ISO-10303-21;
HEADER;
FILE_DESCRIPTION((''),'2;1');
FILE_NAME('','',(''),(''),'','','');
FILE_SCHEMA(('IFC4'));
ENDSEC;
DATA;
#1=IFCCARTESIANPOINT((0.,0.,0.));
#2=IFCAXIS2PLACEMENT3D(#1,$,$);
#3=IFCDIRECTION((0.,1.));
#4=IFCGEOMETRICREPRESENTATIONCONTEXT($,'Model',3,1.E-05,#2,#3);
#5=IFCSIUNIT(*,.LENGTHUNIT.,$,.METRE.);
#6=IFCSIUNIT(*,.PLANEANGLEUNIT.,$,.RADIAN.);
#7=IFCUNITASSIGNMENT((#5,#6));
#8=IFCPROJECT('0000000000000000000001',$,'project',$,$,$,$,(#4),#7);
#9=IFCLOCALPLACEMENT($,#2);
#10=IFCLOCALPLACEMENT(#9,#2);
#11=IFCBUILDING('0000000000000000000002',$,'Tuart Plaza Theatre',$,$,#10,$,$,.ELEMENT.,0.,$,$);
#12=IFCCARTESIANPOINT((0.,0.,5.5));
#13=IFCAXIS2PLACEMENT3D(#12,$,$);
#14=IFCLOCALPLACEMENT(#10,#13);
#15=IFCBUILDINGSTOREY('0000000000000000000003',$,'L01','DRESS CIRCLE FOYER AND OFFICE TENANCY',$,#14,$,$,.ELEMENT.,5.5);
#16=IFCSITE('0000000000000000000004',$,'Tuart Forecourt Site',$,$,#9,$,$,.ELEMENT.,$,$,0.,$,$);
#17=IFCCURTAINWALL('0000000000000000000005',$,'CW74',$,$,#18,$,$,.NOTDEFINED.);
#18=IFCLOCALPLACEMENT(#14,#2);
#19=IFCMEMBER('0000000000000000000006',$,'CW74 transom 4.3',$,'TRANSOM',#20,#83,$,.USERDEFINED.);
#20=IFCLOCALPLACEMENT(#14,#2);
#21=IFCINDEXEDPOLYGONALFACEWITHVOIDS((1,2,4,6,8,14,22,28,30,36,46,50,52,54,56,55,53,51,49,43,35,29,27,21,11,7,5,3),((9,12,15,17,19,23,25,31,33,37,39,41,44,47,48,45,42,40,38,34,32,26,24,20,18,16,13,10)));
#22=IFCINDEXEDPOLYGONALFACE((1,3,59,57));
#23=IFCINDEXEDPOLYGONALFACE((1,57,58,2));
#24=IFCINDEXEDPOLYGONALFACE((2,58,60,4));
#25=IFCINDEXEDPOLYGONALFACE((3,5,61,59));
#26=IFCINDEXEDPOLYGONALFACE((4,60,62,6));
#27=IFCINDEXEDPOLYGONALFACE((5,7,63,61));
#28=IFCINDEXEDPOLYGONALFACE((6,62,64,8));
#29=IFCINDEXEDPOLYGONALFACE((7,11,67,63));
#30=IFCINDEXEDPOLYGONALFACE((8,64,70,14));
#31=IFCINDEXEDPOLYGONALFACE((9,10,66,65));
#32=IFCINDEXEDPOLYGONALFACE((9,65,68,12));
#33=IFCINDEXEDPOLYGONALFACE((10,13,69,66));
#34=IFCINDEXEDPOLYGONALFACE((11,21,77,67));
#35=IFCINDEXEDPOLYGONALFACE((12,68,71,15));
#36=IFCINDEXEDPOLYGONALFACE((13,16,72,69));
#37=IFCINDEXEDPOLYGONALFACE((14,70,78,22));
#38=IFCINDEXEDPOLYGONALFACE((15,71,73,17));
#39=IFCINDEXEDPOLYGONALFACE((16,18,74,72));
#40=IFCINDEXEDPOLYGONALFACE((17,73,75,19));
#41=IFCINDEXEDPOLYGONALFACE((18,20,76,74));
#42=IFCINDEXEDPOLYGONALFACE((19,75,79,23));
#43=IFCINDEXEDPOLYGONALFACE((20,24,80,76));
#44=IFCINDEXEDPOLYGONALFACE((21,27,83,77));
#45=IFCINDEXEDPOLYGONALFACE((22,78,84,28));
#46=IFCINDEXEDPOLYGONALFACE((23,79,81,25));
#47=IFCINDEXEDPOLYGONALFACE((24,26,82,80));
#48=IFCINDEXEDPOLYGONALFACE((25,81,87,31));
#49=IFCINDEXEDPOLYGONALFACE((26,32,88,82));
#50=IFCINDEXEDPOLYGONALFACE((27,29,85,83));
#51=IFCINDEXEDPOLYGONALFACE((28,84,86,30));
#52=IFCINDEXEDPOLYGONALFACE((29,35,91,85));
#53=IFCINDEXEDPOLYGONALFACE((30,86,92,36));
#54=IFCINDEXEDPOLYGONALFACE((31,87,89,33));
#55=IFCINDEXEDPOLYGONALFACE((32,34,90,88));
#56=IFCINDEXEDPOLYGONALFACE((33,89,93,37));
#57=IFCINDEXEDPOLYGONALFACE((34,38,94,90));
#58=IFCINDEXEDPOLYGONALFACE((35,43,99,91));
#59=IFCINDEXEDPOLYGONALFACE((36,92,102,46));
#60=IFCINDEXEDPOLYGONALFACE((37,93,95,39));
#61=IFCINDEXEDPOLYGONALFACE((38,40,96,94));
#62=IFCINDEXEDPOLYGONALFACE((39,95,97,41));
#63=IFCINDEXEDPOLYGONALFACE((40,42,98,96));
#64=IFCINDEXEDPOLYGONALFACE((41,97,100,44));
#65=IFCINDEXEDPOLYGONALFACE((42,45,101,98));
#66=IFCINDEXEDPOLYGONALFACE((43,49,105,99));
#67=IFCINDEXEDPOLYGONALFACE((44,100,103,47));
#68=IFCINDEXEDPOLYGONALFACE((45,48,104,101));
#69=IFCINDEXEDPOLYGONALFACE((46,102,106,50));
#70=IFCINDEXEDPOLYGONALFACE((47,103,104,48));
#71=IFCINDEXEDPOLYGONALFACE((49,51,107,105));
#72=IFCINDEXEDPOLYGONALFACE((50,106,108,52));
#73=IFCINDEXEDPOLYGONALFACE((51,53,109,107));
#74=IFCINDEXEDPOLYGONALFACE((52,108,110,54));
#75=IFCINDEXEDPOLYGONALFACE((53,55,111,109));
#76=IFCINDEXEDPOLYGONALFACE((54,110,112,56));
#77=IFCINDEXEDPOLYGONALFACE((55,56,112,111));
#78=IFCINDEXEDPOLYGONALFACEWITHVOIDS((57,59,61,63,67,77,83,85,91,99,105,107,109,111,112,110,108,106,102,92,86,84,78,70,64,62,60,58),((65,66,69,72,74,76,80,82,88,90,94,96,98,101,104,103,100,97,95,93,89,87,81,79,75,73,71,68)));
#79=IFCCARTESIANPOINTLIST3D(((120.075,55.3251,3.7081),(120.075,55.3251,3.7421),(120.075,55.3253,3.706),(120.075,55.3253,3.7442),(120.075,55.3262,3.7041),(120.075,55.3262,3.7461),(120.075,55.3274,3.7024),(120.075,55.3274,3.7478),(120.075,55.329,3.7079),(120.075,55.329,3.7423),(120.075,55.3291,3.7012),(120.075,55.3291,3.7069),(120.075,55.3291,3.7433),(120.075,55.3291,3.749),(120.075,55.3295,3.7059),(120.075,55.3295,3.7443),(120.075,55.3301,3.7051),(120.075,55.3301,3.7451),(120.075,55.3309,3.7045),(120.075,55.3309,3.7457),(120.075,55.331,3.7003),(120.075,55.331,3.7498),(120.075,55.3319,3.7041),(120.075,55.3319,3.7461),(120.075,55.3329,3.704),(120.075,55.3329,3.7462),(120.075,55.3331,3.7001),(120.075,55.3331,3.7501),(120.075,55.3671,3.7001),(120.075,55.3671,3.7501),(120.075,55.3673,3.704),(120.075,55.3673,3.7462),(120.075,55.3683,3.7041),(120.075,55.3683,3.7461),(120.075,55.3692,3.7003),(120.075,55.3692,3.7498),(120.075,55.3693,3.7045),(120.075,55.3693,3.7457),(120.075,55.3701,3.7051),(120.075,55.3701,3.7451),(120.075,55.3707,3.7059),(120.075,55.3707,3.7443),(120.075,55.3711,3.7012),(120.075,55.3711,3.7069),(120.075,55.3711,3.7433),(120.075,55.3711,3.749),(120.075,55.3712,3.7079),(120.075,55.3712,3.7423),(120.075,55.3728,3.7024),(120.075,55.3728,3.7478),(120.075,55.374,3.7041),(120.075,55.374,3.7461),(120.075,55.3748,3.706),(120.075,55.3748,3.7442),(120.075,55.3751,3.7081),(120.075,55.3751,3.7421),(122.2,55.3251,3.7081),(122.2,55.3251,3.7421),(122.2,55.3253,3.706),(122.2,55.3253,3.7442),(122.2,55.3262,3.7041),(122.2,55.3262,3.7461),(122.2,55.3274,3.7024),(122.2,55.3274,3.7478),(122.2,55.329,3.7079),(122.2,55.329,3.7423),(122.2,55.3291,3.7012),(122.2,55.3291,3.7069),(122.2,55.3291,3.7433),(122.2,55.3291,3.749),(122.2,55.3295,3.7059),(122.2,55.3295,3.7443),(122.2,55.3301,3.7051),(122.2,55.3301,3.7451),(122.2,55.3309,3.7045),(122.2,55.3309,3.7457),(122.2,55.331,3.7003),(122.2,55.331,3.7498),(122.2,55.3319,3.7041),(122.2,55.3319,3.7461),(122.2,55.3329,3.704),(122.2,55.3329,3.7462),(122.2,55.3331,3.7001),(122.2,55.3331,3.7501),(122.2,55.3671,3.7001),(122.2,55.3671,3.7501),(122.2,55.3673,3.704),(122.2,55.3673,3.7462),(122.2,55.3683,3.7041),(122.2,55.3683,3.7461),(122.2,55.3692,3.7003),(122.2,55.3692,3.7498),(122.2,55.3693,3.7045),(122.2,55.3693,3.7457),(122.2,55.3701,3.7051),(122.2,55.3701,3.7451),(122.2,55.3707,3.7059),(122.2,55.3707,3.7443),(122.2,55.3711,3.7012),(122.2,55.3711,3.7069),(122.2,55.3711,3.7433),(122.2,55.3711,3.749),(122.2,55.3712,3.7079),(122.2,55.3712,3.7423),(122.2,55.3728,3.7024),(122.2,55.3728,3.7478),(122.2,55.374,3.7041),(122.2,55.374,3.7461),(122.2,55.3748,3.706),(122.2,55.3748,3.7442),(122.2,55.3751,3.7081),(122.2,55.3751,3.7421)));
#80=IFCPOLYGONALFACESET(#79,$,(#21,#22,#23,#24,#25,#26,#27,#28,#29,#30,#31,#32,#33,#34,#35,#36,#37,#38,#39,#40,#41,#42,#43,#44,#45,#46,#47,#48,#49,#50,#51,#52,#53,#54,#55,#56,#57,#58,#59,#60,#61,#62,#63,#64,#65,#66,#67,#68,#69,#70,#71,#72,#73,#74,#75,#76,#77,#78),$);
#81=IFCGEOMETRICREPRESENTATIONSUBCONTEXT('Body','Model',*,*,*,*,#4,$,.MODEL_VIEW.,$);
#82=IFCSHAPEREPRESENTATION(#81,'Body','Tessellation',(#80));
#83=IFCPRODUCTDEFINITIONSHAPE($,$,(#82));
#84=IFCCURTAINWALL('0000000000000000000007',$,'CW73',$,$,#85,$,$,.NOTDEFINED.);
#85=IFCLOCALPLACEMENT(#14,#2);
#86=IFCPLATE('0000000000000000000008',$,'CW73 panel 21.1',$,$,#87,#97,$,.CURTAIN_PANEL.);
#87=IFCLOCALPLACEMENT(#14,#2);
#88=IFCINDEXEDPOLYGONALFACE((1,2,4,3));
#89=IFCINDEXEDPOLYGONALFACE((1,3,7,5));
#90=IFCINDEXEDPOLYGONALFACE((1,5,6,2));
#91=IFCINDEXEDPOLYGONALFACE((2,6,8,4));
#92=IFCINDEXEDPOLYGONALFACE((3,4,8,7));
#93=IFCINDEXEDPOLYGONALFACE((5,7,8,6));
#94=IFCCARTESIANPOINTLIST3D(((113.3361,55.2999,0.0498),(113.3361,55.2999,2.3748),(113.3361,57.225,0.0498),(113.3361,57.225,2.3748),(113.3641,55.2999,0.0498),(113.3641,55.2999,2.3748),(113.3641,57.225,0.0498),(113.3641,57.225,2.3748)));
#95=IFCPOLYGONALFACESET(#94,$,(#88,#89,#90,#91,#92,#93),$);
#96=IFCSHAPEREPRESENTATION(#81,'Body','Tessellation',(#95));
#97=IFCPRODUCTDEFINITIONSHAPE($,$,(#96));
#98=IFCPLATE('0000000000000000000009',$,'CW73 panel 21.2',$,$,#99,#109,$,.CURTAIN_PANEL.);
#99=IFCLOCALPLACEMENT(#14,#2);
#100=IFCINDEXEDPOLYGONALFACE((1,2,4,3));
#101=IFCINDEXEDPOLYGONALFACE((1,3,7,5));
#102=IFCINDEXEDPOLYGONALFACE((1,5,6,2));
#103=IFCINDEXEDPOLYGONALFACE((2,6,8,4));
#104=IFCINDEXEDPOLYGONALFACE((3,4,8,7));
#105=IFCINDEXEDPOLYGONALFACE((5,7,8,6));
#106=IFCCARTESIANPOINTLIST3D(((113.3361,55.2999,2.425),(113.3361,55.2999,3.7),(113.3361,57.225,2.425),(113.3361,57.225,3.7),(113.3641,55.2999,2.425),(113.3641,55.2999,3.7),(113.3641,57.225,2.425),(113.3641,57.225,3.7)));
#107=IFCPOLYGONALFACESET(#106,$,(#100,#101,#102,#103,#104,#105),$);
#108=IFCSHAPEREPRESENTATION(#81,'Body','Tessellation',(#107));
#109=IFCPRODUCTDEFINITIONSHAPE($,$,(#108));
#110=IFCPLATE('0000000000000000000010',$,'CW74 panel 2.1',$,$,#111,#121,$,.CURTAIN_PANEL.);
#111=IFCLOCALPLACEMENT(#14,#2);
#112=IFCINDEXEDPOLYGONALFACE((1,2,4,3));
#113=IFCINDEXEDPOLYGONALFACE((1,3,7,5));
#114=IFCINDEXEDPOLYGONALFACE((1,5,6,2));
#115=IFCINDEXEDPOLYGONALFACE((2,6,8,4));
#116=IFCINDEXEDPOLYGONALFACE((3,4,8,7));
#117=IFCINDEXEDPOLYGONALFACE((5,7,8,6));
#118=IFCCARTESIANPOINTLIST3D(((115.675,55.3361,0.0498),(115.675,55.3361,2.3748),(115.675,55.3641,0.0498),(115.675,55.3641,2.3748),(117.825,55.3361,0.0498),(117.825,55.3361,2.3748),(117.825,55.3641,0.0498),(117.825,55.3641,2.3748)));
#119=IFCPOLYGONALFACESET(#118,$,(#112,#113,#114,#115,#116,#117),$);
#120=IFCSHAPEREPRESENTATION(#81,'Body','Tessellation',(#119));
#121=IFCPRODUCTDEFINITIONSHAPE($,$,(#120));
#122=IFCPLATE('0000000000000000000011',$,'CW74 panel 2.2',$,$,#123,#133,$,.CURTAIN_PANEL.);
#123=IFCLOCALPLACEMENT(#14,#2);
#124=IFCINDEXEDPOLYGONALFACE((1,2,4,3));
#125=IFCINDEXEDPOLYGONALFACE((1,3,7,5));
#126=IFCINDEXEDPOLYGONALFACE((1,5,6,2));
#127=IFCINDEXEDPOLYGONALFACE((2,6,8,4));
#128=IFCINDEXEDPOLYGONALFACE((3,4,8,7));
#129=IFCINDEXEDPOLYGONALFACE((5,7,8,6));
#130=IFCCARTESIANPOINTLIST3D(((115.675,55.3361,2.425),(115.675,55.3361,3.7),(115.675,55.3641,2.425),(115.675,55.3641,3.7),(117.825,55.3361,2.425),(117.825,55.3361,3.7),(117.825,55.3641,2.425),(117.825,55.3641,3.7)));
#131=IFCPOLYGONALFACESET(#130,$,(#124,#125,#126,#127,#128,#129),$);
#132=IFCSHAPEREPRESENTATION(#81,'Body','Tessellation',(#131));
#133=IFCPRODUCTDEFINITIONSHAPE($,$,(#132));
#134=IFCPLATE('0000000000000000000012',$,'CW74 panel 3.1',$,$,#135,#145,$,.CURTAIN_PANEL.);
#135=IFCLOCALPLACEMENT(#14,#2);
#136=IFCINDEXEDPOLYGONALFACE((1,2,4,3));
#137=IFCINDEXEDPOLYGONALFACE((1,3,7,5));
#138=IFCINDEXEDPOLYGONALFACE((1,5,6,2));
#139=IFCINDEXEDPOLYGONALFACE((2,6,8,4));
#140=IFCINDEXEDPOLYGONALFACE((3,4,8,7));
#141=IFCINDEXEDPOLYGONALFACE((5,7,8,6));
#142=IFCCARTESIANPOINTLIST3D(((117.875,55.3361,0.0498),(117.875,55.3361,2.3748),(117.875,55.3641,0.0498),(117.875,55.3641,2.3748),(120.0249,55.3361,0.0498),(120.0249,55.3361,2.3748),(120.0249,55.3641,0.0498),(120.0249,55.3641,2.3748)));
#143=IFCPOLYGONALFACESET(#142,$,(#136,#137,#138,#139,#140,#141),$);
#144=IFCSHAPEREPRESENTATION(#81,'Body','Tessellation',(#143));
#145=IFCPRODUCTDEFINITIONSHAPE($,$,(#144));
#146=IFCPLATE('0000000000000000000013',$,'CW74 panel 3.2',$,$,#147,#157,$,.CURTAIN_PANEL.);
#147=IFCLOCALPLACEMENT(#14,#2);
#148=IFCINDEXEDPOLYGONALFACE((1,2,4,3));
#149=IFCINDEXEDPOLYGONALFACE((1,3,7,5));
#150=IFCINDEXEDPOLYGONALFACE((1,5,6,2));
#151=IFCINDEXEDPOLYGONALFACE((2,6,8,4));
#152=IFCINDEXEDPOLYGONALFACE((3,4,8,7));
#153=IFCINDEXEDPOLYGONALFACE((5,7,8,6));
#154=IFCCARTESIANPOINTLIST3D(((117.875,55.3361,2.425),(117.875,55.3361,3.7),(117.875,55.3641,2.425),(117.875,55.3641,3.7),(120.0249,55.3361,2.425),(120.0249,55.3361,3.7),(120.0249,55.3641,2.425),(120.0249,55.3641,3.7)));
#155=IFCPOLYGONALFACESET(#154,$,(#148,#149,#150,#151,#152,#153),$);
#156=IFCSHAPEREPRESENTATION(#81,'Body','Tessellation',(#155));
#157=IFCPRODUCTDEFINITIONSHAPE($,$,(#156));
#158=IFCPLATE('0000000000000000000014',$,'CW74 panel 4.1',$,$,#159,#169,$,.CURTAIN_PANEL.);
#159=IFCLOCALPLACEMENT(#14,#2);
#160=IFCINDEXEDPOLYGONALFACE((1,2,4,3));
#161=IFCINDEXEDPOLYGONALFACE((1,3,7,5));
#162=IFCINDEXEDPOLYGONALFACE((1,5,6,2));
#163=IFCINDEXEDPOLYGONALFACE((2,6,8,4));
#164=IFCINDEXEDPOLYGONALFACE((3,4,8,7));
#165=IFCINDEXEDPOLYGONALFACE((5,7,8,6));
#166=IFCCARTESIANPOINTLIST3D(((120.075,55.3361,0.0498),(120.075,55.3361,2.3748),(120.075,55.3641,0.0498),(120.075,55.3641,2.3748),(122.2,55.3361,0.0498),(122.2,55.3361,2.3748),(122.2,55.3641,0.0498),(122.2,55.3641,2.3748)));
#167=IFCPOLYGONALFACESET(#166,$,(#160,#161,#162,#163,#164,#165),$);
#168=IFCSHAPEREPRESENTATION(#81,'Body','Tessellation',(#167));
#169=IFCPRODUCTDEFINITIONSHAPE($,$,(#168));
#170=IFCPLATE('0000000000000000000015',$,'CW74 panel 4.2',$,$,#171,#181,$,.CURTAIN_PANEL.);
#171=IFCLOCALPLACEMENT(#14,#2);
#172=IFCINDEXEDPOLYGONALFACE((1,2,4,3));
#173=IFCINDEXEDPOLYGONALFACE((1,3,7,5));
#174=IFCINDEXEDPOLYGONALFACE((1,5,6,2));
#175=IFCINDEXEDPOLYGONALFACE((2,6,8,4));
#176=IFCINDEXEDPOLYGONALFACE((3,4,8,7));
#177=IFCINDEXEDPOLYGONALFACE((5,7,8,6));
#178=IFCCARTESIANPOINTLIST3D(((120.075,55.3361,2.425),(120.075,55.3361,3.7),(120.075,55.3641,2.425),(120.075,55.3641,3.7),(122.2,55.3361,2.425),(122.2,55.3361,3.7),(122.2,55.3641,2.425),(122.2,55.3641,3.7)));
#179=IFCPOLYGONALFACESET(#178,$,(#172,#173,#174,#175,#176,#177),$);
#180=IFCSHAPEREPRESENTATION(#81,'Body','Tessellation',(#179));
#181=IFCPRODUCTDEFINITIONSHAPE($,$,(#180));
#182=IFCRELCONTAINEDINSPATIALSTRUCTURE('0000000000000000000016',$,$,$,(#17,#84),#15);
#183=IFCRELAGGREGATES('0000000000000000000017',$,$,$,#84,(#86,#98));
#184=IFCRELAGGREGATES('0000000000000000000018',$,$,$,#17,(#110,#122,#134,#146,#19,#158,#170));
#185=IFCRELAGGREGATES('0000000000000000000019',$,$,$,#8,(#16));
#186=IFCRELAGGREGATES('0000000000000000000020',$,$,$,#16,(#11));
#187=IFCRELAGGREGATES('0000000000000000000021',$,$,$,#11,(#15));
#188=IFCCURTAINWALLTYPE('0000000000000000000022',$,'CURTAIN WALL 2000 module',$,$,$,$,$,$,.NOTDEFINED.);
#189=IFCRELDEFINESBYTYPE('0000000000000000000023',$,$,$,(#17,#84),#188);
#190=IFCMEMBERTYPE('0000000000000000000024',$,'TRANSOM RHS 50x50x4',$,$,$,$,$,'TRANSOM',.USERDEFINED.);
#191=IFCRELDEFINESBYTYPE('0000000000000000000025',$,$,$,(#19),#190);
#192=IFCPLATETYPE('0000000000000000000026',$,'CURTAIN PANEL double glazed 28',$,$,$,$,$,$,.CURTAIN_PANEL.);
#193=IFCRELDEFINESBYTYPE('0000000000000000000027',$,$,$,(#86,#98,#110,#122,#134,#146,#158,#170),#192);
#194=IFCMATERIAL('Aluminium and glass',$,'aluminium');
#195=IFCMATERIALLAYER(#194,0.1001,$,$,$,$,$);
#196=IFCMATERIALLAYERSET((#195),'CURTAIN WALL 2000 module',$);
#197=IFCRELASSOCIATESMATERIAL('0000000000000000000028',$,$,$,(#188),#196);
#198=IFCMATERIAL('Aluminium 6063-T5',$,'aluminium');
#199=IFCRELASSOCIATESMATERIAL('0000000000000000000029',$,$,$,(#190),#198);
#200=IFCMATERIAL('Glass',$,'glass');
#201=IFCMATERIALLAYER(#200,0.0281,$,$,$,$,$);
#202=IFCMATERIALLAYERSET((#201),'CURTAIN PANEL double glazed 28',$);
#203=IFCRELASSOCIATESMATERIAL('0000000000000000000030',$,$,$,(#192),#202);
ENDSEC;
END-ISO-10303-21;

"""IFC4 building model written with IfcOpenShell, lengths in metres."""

from ifc_helpers import new_model, si_unit, direction, frame, origin, origin_2d, place, context, subcontext, project, spatial, rectangle, hollow_rectangle, extrude, material, layer, layer_set, material_profile, profile_set, type_object, element, aggregate, save


model = new_model("IFC4")

# Units and contexts
model_context = context("Model", 3, precision=1e-05, world=origin(), true_north=direction((0.0, 1.0)))
body_context = subcontext(model_context, "Body", "Model", "MODEL_VIEW")
ifc_project = project(units=[si_unit("LENGTHUNIT", "METRE"), si_unit("PLANEANGLEUNIT", "RADIAN")], contexts=[model_context])

# Site, building, storey
site_placement = place(None, origin())
site = spatial("IfcSite", under=ifc_project, at=site_placement, Name="Tuart Forecourt Site", CompositionType="ELEMENT", RefElevation=0.0)
building_placement = place(site_placement, origin())
building = spatial("IfcBuilding", under=site, at=building_placement, Name="Tuart Plaza Theatre", CompositionType="ELEMENT", ElevationOfRefHeight=0.0)
storey_placement = place(building_placement, frame((0.0, 0.0, 5.5)))
storey = spatial("IfcBuildingStorey", under=building, at=storey_placement, Name="L01", Description="DRESS CIRCLE FOYER AND OFFICE TENANCY", CompositionType="ELEMENT", Elevation=5.5)

# Curtain wall, member
ifc_material_1 = material(Name="Aluminium and glass", Category="aluminium")
ifc_layer_1 = layer(ifc_material_1, 0.1001)
ifc_layer_set_1 = layer_set([ifc_layer_1], Name="CURTAIN WALL 2000 module")
curtain_wall_type = type_object("IfcCurtainWallType", Name="CURTAIN WALL 2000 module", PredefinedType="NOTDEFINED", material=ifc_layer_set_1)
curtain_wall_1_placement = place(storey_placement, origin())
curtain_wall_1 = element("IfcCurtainWall", 1, at=curtain_wall_1_placement, inside=storey, type_object=curtain_wall_type, Name="CW74", PredefinedType="NOTDEFINED")
ifc_material_2 = material(Name="Aluminium 6063-T5", Category="aluminium")
ifc_material_profile_1 = material_profile(ifc_material_2, hollow_rectangle(XDim=0.05, YDim=0.05, WallThickness=0.0039, InnerFilletRadius=0.0039, OuterFilletRadius=0.0081, at=origin_2d()), Name="RHS 50x50x4")
ifc_profile_set_1 = profile_set([ifc_material_profile_1], Name="Aluminium 6063-T5")
member_type_1 = type_object("IfcMemberType", Name="TRANSOM RHS 50x50x4", ElementType="TRANSOM", PredefinedType="USERDEFINED", material=ifc_profile_set_1)
member_1_placement = place(storey_placement, frame((120.075, 55.3501, 3.7251), z_axis=(1.0, 0.0, 0.0), x_axis=(0.0, 1.0, 0.0)))
member_1 = element("IfcMember", 2, at=member_1_placement, type_object=member_type_1, Name="CW74 transom 4.3", ObjectType="TRANSOM", PredefinedType="USERDEFINED", context=body_context, shape_type="SweptSolid", body=[
    extrude(hollow_rectangle(XDim=0.05, YDim=0.05, WallThickness=0.0039, InnerFilletRadius=0.0039, OuterFilletRadius=0.0081, at=origin_2d()), origin(), (0.0, 0.0, 1.0), 2.125),
])

# Curtain wall, plates
curtain_wall_2_placement = place(storey_placement, origin())
curtain_wall_2 = element("IfcCurtainWall", 3, at=curtain_wall_2_placement, inside=storey, type_object=curtain_wall_type, Name="CW73", PredefinedType="NOTDEFINED")
ifc_material_3 = material(Name="Glass", Category="glass")
ifc_layer_2 = layer(ifc_material_3, 0.0281)
ifc_layer_set_2 = layer_set([ifc_layer_2], Name="CURTAIN PANEL double glazed 28")
plate_type = type_object("IfcPlateType", Name="CURTAIN PANEL double glazed 28", PredefinedType="CURTAIN_PANEL", material=ifc_layer_set_2)
plate_1_placement = place(storey_placement, frame((113.3501, 56.2625, 0.0498), z_axis=(0.0, 0.0, 1.0), x_axis=(0.0, -1.0, 0.0)))
plate_1 = element("IfcPlate", 4, at=plate_1_placement, type_object=plate_type, Name="CW73 panel 21.1", PredefinedType="CURTAIN_PANEL", context=body_context, shape_type="SweptSolid", body=[
    extrude(rectangle(XDim=1.925, YDim=0.0281, at=origin_2d()), origin(), (0.0, 0.0, 1.0), 2.325),
])
plate_2_placement = place(storey_placement, frame((113.3501, 56.2625, 2.425), z_axis=(0.0, 0.0, 1.0), x_axis=(0.0, -1.0, 0.0)))
plate_2 = element("IfcPlate", 5, at=plate_2_placement, type_object=plate_type, Name="CW73 panel 21.2", PredefinedType="CURTAIN_PANEL", context=body_context, shape_type="SweptSolid", body=[
    extrude(rectangle(XDim=1.925, YDim=0.0281, at=origin_2d()), origin(), (0.0, 0.0, 1.0), 1.2749),
])
aggregate(curtain_wall_2, [plate_1, plate_2])

# Plates
plate_3_placement = place(storey_placement, frame((116.75, 55.3501, 0.0498), z_axis=(0.0, 0.0, 1.0), x_axis=(1.0, 0.0, 0.0)))
plate_3 = element("IfcPlate", 6, at=plate_3_placement, type_object=plate_type, Name="CW74 panel 2.1", PredefinedType="CURTAIN_PANEL", context=body_context, shape_type="SweptSolid", body=[
    extrude(rectangle(XDim=2.1499, YDim=0.0281, at=origin_2d()), origin(), (0.0, 0.0, 1.0), 2.325),
])
plate_4_placement = place(storey_placement, frame((116.75, 55.3501, 2.425), z_axis=(0.0, 0.0, 1.0), x_axis=(1.0, 0.0, 0.0)))
plate_4 = element("IfcPlate", 7, at=plate_4_placement, type_object=plate_type, Name="CW74 panel 2.2", PredefinedType="CURTAIN_PANEL", context=body_context, shape_type="SweptSolid", body=[
    extrude(rectangle(XDim=2.1499, YDim=0.0281, at=origin_2d()), origin(), (0.0, 0.0, 1.0), 1.2749),
])
plate_5_placement = place(storey_placement, frame((118.95, 55.3501, 0.0498), z_axis=(0.0, 0.0, 1.0), x_axis=(1.0, 0.0, 0.0)))
plate_5 = element("IfcPlate", 8, at=plate_5_placement, type_object=plate_type, Name="CW74 panel 3.1", PredefinedType="CURTAIN_PANEL", context=body_context, shape_type="SweptSolid", body=[
    extrude(rectangle(XDim=2.1499, YDim=0.0281, at=origin_2d()), origin(), (0.0, 0.0, 1.0), 2.325),
])
plate_6_placement = place(storey_placement, frame((118.95, 55.3501, 2.425), z_axis=(0.0, 0.0, 1.0), x_axis=(1.0, 0.0, 0.0)))
plate_6 = element("IfcPlate", 9, at=plate_6_placement, type_object=plate_type, Name="CW74 panel 3.2", PredefinedType="CURTAIN_PANEL", context=body_context, shape_type="SweptSolid", body=[
    extrude(rectangle(XDim=2.1499, YDim=0.0281, at=origin_2d()), origin(), (0.0, 0.0, 1.0), 1.2749),
])
plate_7_placement = place(storey_placement, frame((121.1375, 55.3501, 0.0498), z_axis=(0.0, 0.0, 1.0), x_axis=(1.0, 0.0, 0.0)))
plate_7 = element("IfcPlate", 10, at=plate_7_placement, type_object=plate_type, Name="CW74 panel 4.1", PredefinedType="CURTAIN_PANEL", context=body_context, shape_type="SweptSolid", body=[
    extrude(rectangle(XDim=2.125, YDim=0.0281, at=origin_2d()), origin(), (0.0, 0.0, 1.0), 2.325),
])
plate_8_placement = place(storey_placement, frame((121.1375, 55.3501, 2.425), z_axis=(0.0, 0.0, 1.0), x_axis=(1.0, 0.0, 0.0)))
plate_8 = element("IfcPlate", 11, at=plate_8_placement, type_object=plate_type, Name="CW74 panel 4.2", PredefinedType="CURTAIN_PANEL", context=body_context, shape_type="SweptSolid", body=[
    extrude(rectangle(XDim=2.125, YDim=0.0281, at=origin_2d()), origin(), (0.0, 0.0, 1.0), 1.2749),
])
aggregate(curtain_wall_1, [plate_3, plate_4, plate_5, plate_6, member_1, plate_7, plate_8])

save(model, "model.ifc")
